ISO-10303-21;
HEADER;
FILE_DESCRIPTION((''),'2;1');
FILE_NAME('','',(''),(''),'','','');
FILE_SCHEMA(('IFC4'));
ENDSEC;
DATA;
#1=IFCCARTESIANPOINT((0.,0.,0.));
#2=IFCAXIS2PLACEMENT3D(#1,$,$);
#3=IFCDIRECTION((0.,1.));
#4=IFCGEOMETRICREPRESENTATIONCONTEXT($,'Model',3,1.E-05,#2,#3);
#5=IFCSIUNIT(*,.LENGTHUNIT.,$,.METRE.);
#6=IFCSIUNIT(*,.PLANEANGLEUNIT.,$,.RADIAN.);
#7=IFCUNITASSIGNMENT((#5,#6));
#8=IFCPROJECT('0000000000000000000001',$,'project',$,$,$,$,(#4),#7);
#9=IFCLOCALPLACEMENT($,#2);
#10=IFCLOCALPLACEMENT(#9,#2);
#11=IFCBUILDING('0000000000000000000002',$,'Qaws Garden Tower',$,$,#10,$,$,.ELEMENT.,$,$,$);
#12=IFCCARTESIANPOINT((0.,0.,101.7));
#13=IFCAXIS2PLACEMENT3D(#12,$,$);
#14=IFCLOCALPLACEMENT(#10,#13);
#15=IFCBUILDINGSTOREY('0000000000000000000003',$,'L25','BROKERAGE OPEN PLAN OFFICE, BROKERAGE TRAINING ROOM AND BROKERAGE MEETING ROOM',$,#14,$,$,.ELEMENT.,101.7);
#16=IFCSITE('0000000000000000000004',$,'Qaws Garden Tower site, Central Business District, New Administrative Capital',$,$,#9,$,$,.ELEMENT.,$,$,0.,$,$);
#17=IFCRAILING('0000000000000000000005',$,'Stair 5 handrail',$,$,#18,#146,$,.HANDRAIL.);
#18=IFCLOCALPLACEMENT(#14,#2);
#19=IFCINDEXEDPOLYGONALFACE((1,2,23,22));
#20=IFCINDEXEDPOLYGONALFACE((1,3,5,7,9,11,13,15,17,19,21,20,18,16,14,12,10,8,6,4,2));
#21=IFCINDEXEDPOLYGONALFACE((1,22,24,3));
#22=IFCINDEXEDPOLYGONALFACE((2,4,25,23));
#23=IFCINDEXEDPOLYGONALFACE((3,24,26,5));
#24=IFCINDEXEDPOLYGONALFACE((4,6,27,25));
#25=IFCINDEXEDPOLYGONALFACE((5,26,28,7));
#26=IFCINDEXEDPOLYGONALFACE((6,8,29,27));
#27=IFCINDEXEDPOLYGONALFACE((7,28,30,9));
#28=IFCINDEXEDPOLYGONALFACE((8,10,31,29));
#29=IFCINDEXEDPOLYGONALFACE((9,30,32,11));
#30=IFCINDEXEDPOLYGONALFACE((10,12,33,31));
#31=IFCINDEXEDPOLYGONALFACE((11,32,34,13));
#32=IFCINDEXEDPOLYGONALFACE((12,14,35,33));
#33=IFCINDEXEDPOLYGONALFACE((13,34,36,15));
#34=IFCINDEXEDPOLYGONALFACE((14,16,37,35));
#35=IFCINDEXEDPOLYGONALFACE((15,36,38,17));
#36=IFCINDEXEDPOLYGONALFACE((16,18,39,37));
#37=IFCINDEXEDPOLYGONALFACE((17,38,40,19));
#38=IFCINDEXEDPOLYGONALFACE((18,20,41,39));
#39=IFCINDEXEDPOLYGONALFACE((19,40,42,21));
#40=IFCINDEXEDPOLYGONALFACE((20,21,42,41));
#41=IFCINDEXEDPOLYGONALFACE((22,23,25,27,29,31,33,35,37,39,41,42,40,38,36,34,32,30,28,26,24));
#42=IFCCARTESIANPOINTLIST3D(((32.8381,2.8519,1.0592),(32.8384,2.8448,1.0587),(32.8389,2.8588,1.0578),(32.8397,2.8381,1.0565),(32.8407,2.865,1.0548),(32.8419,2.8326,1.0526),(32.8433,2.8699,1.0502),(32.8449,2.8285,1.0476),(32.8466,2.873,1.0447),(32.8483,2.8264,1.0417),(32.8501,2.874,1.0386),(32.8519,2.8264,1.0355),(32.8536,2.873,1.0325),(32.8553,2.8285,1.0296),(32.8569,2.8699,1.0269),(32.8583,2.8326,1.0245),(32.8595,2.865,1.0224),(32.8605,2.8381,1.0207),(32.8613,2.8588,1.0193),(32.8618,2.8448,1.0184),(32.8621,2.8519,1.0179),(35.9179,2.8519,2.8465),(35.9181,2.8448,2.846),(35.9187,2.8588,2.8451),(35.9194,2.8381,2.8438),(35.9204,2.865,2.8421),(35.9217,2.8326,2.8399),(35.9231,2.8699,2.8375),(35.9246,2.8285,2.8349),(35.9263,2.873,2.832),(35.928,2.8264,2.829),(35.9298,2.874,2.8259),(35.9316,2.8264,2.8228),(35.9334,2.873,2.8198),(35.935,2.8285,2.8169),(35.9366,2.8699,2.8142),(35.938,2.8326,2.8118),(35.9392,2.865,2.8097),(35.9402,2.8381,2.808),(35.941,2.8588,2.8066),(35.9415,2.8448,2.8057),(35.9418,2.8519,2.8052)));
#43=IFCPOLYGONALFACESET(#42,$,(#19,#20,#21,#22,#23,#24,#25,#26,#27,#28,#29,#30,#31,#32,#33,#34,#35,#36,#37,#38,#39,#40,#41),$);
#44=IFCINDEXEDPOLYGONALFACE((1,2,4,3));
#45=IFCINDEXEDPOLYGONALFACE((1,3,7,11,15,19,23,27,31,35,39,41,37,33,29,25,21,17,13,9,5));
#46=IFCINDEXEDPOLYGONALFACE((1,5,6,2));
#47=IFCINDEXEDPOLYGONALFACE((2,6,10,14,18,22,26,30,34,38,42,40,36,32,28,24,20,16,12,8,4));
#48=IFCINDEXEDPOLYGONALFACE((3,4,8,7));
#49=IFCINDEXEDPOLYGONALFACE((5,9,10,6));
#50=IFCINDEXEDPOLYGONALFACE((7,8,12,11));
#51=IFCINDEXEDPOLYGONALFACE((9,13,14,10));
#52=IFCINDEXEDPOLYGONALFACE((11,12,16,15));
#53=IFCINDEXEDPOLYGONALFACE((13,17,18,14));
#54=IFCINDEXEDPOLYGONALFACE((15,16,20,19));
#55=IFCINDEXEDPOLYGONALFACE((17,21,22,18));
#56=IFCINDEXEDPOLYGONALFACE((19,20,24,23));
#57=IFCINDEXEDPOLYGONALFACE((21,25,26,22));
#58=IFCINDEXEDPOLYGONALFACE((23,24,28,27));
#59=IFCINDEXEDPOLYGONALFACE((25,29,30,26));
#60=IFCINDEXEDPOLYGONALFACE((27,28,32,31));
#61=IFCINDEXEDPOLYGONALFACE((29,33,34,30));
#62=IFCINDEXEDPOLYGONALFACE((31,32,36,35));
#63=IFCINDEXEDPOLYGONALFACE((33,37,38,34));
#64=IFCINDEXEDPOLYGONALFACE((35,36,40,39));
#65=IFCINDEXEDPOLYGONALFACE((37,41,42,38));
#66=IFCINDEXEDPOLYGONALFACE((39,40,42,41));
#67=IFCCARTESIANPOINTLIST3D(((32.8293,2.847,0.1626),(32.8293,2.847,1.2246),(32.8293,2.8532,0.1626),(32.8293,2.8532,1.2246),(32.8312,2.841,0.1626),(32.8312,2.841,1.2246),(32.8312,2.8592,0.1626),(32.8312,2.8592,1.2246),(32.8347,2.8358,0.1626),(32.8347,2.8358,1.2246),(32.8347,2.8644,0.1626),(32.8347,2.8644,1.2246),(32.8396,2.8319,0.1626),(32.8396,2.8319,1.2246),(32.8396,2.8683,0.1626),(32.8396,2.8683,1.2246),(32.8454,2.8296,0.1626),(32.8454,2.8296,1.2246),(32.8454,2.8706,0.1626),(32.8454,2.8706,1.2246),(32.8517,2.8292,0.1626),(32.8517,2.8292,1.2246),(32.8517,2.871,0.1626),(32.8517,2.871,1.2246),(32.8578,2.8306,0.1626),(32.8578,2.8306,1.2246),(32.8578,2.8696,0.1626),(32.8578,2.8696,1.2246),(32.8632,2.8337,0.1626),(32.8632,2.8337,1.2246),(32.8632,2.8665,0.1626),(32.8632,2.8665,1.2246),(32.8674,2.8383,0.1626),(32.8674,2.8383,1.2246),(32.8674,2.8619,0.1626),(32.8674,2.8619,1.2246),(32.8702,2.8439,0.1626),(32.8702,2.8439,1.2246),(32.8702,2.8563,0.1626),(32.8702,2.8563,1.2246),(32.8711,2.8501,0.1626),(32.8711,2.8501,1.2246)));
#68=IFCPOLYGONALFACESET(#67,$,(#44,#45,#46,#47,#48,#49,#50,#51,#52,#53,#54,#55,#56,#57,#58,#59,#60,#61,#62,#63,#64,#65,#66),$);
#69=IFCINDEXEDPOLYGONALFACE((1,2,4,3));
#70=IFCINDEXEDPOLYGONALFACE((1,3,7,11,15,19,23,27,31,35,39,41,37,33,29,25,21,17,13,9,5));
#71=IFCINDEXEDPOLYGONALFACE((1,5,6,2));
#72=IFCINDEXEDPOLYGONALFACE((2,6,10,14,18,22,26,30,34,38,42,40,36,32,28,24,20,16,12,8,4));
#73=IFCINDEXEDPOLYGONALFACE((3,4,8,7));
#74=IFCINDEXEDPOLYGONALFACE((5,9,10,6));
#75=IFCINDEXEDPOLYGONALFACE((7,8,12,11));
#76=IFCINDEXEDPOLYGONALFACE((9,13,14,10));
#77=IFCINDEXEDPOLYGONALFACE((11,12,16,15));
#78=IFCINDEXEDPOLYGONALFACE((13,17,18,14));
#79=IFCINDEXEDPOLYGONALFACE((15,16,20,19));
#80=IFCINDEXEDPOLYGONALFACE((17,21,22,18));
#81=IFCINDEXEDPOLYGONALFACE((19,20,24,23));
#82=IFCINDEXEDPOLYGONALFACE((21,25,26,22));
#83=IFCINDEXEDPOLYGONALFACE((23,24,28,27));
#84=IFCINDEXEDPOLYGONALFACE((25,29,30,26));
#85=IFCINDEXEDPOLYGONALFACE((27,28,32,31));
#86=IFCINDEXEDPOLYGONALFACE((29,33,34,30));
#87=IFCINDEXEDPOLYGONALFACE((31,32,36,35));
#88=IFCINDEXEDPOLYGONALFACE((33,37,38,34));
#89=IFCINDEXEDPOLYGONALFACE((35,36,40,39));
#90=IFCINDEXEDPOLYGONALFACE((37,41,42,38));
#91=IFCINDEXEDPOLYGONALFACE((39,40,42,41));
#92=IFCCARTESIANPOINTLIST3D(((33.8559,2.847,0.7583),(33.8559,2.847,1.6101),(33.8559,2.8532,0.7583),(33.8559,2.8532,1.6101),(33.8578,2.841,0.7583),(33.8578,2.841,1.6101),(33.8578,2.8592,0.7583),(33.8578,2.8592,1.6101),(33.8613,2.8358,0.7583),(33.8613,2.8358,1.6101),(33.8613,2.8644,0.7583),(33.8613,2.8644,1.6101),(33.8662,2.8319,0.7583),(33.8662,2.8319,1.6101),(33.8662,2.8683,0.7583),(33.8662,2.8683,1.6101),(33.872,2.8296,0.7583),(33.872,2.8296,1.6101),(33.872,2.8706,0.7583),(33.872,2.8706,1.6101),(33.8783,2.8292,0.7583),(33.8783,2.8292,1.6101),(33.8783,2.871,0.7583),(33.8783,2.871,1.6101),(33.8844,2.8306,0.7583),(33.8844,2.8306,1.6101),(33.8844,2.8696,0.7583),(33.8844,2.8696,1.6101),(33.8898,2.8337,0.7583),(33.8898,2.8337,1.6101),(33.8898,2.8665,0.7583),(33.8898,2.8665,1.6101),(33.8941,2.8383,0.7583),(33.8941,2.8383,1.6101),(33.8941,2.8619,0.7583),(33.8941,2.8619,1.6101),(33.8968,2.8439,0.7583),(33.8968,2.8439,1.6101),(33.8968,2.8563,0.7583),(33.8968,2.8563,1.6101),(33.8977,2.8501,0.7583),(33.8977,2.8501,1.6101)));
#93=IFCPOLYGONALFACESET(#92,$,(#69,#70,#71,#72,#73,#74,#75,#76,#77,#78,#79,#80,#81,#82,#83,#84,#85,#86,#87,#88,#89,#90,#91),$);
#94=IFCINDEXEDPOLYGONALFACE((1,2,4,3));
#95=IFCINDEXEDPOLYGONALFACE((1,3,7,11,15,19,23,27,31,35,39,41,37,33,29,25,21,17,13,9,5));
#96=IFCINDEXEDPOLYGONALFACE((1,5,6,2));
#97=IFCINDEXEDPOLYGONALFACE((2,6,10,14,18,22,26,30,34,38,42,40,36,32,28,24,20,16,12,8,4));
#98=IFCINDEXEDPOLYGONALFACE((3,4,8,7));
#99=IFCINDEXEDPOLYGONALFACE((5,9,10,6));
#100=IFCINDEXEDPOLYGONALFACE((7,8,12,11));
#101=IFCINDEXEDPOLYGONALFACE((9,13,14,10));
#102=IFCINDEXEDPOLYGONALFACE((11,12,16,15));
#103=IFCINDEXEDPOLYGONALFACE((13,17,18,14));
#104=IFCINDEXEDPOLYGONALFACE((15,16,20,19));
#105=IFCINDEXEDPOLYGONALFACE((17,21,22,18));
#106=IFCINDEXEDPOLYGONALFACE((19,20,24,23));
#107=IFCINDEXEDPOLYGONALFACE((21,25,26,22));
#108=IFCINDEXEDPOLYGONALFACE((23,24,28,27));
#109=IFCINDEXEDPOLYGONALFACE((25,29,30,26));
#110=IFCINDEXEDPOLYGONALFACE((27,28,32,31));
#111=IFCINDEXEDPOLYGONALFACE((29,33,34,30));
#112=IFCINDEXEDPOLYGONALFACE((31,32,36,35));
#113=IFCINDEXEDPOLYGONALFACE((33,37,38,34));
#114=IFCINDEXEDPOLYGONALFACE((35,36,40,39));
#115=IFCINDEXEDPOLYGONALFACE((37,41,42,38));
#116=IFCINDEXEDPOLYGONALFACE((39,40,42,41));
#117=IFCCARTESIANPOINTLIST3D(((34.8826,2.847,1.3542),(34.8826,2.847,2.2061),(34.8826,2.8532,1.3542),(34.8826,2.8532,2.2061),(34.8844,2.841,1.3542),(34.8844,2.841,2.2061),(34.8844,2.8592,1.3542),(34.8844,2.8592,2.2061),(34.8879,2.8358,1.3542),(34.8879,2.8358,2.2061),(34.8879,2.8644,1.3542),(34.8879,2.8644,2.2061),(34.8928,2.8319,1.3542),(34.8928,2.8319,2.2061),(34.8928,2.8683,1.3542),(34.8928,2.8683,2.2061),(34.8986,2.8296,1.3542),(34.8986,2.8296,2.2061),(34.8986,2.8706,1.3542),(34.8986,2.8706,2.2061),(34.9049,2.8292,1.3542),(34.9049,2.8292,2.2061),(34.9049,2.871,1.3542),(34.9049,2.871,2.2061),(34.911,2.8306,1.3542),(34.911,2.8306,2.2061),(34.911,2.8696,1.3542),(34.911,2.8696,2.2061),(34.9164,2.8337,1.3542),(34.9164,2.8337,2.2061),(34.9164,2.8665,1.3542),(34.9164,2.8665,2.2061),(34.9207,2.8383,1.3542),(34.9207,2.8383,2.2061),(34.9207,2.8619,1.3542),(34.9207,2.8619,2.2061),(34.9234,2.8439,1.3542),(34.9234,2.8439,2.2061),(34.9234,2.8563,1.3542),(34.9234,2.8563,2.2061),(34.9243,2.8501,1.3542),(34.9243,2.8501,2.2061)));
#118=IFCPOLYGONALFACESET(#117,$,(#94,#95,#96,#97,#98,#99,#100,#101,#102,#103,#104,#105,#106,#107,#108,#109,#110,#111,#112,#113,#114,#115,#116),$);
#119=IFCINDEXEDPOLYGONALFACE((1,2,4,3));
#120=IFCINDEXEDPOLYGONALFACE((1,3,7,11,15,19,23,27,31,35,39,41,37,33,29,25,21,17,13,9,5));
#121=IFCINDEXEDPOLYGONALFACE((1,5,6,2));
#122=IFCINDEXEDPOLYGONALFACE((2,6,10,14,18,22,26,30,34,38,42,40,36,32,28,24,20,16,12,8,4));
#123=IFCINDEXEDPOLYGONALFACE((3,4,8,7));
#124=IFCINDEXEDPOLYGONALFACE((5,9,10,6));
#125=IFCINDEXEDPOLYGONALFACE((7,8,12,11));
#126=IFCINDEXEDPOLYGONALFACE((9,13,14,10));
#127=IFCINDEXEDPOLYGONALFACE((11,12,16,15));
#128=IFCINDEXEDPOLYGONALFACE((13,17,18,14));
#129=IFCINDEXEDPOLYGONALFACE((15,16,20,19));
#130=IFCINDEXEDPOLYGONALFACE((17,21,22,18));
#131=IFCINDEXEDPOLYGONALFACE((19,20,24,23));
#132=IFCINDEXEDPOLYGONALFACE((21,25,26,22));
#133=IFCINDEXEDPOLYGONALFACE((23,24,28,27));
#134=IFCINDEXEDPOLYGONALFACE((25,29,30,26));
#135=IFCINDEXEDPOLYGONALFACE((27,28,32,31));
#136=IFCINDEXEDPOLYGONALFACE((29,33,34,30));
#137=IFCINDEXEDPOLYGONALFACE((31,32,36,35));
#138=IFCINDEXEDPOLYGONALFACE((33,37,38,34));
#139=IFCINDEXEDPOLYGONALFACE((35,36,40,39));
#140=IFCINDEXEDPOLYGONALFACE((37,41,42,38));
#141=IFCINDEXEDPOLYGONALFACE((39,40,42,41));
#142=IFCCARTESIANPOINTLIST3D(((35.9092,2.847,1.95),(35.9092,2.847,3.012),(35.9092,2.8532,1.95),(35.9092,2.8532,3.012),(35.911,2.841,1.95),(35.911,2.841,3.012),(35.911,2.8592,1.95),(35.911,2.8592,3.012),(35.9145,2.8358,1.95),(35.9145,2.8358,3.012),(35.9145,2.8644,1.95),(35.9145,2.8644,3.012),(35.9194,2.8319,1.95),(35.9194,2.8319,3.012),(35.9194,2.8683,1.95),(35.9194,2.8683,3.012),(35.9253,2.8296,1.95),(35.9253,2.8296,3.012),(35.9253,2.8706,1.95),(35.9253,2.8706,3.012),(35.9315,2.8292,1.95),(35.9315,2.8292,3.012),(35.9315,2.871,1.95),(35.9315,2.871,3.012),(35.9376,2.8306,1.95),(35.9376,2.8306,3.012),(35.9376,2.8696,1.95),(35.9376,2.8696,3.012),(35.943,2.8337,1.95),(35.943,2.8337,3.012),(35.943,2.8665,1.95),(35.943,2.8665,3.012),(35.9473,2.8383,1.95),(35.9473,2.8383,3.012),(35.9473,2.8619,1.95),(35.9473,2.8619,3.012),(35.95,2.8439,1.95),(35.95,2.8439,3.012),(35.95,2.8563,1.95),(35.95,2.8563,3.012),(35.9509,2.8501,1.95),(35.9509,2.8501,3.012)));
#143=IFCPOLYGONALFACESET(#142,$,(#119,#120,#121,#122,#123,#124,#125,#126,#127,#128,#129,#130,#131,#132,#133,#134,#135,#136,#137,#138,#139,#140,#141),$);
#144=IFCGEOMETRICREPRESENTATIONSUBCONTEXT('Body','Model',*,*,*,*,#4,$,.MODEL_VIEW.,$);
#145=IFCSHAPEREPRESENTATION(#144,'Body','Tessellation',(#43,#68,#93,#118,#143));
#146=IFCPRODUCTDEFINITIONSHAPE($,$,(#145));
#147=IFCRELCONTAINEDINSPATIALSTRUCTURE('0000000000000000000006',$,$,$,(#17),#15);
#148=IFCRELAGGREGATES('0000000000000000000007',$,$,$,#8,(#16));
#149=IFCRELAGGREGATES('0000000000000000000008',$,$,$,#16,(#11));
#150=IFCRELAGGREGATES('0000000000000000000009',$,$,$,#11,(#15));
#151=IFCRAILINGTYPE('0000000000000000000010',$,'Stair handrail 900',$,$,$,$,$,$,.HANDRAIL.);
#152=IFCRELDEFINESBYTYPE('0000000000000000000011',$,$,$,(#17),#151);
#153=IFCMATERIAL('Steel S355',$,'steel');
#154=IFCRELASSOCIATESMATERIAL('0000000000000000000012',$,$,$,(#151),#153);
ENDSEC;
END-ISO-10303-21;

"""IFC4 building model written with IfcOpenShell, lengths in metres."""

from ifc_helpers import new_model, si_unit, direction, frame, origin, origin_2d, place, context, subcontext, project, spatial, circle, extrude, material, type_object, element, save


model = new_model("IFC4")

# Units and contexts
model_context = context("Model", 3, precision=1e-05, world=origin(), true_north=direction((0.0, 1.0)))
body_context = subcontext(model_context, "Body", "Model", "MODEL_VIEW")
ifc_project = project(units=[si_unit("LENGTHUNIT", "METRE"), si_unit("PLANEANGLEUNIT", "RADIAN")], contexts=[model_context])

# Site, building, storey
site_placement = place(None, origin())
site = spatial("IfcSite", under=ifc_project, at=site_placement, Name="Qaws Garden Tower site, Central Business District, New Administrative Capital", CompositionType="ELEMENT", RefElevation=0.0)
building_placement = place(site_placement, origin())
building = spatial("IfcBuilding", under=site, at=building_placement, Name="Qaws Garden Tower", CompositionType="ELEMENT")
storey_placement = place(building_placement, frame((0.0, 0.0, 101.7)))
storey = spatial("IfcBuildingStorey", under=building, at=storey_placement, Name="L25", Description="BROKERAGE OPEN PLAN OFFICE, BROKERAGE TRAINING ROOM AND BROKERAGE MEETING ROOM", CompositionType="ELEMENT", Elevation=101.7)

# Railing
ifc_material_1 = material(Name="Steel S355", Category="steel")
railing_type = type_object("IfcRailingType", Name="Stair handrail 900", PredefinedType="HANDRAIL", material=ifc_material_1)
railing_1_placement = place(storey_placement, frame((32.8501, 2.8501, 0.1626)))
element("IfcRailing", 1, at=railing_1_placement, inside=storey, type_object=railing_type, Name="Stair 5 handrail", PredefinedType="HANDRAIL", context=body_context, shape_type="SweptSolid", body=[
    extrude(circle(Radius=0.0239, at=origin_2d()), frame((0.0, 0.0, 0.876), z_axis=(0.864903, 0.0, 0.501939), x_axis=(0.0, 1.0, 0.0)), (0.0, 0.0, 1.0), 3.5608),
    extrude(circle(Radius=0.021, at=origin_2d()), origin(), (0.0, 0.0, 1.0), 1.062),
    extrude(circle(Radius=0.021, at=origin_2d()), frame((1.0266, 0.0, 0.5957)), (0.0, 0.0, 1.0), 0.8518),
    extrude(circle(Radius=0.021, at=origin_2d()), frame((2.0532, 0.0, 1.1917)), (0.0, 0.0, 1.0), 0.8518),
    extrude(circle(Radius=0.021, at=origin_2d()), frame((3.0798, 0.0, 1.7874)), (0.0, 0.0, 1.0), 1.062),
])

save(model, "model.ifc")
